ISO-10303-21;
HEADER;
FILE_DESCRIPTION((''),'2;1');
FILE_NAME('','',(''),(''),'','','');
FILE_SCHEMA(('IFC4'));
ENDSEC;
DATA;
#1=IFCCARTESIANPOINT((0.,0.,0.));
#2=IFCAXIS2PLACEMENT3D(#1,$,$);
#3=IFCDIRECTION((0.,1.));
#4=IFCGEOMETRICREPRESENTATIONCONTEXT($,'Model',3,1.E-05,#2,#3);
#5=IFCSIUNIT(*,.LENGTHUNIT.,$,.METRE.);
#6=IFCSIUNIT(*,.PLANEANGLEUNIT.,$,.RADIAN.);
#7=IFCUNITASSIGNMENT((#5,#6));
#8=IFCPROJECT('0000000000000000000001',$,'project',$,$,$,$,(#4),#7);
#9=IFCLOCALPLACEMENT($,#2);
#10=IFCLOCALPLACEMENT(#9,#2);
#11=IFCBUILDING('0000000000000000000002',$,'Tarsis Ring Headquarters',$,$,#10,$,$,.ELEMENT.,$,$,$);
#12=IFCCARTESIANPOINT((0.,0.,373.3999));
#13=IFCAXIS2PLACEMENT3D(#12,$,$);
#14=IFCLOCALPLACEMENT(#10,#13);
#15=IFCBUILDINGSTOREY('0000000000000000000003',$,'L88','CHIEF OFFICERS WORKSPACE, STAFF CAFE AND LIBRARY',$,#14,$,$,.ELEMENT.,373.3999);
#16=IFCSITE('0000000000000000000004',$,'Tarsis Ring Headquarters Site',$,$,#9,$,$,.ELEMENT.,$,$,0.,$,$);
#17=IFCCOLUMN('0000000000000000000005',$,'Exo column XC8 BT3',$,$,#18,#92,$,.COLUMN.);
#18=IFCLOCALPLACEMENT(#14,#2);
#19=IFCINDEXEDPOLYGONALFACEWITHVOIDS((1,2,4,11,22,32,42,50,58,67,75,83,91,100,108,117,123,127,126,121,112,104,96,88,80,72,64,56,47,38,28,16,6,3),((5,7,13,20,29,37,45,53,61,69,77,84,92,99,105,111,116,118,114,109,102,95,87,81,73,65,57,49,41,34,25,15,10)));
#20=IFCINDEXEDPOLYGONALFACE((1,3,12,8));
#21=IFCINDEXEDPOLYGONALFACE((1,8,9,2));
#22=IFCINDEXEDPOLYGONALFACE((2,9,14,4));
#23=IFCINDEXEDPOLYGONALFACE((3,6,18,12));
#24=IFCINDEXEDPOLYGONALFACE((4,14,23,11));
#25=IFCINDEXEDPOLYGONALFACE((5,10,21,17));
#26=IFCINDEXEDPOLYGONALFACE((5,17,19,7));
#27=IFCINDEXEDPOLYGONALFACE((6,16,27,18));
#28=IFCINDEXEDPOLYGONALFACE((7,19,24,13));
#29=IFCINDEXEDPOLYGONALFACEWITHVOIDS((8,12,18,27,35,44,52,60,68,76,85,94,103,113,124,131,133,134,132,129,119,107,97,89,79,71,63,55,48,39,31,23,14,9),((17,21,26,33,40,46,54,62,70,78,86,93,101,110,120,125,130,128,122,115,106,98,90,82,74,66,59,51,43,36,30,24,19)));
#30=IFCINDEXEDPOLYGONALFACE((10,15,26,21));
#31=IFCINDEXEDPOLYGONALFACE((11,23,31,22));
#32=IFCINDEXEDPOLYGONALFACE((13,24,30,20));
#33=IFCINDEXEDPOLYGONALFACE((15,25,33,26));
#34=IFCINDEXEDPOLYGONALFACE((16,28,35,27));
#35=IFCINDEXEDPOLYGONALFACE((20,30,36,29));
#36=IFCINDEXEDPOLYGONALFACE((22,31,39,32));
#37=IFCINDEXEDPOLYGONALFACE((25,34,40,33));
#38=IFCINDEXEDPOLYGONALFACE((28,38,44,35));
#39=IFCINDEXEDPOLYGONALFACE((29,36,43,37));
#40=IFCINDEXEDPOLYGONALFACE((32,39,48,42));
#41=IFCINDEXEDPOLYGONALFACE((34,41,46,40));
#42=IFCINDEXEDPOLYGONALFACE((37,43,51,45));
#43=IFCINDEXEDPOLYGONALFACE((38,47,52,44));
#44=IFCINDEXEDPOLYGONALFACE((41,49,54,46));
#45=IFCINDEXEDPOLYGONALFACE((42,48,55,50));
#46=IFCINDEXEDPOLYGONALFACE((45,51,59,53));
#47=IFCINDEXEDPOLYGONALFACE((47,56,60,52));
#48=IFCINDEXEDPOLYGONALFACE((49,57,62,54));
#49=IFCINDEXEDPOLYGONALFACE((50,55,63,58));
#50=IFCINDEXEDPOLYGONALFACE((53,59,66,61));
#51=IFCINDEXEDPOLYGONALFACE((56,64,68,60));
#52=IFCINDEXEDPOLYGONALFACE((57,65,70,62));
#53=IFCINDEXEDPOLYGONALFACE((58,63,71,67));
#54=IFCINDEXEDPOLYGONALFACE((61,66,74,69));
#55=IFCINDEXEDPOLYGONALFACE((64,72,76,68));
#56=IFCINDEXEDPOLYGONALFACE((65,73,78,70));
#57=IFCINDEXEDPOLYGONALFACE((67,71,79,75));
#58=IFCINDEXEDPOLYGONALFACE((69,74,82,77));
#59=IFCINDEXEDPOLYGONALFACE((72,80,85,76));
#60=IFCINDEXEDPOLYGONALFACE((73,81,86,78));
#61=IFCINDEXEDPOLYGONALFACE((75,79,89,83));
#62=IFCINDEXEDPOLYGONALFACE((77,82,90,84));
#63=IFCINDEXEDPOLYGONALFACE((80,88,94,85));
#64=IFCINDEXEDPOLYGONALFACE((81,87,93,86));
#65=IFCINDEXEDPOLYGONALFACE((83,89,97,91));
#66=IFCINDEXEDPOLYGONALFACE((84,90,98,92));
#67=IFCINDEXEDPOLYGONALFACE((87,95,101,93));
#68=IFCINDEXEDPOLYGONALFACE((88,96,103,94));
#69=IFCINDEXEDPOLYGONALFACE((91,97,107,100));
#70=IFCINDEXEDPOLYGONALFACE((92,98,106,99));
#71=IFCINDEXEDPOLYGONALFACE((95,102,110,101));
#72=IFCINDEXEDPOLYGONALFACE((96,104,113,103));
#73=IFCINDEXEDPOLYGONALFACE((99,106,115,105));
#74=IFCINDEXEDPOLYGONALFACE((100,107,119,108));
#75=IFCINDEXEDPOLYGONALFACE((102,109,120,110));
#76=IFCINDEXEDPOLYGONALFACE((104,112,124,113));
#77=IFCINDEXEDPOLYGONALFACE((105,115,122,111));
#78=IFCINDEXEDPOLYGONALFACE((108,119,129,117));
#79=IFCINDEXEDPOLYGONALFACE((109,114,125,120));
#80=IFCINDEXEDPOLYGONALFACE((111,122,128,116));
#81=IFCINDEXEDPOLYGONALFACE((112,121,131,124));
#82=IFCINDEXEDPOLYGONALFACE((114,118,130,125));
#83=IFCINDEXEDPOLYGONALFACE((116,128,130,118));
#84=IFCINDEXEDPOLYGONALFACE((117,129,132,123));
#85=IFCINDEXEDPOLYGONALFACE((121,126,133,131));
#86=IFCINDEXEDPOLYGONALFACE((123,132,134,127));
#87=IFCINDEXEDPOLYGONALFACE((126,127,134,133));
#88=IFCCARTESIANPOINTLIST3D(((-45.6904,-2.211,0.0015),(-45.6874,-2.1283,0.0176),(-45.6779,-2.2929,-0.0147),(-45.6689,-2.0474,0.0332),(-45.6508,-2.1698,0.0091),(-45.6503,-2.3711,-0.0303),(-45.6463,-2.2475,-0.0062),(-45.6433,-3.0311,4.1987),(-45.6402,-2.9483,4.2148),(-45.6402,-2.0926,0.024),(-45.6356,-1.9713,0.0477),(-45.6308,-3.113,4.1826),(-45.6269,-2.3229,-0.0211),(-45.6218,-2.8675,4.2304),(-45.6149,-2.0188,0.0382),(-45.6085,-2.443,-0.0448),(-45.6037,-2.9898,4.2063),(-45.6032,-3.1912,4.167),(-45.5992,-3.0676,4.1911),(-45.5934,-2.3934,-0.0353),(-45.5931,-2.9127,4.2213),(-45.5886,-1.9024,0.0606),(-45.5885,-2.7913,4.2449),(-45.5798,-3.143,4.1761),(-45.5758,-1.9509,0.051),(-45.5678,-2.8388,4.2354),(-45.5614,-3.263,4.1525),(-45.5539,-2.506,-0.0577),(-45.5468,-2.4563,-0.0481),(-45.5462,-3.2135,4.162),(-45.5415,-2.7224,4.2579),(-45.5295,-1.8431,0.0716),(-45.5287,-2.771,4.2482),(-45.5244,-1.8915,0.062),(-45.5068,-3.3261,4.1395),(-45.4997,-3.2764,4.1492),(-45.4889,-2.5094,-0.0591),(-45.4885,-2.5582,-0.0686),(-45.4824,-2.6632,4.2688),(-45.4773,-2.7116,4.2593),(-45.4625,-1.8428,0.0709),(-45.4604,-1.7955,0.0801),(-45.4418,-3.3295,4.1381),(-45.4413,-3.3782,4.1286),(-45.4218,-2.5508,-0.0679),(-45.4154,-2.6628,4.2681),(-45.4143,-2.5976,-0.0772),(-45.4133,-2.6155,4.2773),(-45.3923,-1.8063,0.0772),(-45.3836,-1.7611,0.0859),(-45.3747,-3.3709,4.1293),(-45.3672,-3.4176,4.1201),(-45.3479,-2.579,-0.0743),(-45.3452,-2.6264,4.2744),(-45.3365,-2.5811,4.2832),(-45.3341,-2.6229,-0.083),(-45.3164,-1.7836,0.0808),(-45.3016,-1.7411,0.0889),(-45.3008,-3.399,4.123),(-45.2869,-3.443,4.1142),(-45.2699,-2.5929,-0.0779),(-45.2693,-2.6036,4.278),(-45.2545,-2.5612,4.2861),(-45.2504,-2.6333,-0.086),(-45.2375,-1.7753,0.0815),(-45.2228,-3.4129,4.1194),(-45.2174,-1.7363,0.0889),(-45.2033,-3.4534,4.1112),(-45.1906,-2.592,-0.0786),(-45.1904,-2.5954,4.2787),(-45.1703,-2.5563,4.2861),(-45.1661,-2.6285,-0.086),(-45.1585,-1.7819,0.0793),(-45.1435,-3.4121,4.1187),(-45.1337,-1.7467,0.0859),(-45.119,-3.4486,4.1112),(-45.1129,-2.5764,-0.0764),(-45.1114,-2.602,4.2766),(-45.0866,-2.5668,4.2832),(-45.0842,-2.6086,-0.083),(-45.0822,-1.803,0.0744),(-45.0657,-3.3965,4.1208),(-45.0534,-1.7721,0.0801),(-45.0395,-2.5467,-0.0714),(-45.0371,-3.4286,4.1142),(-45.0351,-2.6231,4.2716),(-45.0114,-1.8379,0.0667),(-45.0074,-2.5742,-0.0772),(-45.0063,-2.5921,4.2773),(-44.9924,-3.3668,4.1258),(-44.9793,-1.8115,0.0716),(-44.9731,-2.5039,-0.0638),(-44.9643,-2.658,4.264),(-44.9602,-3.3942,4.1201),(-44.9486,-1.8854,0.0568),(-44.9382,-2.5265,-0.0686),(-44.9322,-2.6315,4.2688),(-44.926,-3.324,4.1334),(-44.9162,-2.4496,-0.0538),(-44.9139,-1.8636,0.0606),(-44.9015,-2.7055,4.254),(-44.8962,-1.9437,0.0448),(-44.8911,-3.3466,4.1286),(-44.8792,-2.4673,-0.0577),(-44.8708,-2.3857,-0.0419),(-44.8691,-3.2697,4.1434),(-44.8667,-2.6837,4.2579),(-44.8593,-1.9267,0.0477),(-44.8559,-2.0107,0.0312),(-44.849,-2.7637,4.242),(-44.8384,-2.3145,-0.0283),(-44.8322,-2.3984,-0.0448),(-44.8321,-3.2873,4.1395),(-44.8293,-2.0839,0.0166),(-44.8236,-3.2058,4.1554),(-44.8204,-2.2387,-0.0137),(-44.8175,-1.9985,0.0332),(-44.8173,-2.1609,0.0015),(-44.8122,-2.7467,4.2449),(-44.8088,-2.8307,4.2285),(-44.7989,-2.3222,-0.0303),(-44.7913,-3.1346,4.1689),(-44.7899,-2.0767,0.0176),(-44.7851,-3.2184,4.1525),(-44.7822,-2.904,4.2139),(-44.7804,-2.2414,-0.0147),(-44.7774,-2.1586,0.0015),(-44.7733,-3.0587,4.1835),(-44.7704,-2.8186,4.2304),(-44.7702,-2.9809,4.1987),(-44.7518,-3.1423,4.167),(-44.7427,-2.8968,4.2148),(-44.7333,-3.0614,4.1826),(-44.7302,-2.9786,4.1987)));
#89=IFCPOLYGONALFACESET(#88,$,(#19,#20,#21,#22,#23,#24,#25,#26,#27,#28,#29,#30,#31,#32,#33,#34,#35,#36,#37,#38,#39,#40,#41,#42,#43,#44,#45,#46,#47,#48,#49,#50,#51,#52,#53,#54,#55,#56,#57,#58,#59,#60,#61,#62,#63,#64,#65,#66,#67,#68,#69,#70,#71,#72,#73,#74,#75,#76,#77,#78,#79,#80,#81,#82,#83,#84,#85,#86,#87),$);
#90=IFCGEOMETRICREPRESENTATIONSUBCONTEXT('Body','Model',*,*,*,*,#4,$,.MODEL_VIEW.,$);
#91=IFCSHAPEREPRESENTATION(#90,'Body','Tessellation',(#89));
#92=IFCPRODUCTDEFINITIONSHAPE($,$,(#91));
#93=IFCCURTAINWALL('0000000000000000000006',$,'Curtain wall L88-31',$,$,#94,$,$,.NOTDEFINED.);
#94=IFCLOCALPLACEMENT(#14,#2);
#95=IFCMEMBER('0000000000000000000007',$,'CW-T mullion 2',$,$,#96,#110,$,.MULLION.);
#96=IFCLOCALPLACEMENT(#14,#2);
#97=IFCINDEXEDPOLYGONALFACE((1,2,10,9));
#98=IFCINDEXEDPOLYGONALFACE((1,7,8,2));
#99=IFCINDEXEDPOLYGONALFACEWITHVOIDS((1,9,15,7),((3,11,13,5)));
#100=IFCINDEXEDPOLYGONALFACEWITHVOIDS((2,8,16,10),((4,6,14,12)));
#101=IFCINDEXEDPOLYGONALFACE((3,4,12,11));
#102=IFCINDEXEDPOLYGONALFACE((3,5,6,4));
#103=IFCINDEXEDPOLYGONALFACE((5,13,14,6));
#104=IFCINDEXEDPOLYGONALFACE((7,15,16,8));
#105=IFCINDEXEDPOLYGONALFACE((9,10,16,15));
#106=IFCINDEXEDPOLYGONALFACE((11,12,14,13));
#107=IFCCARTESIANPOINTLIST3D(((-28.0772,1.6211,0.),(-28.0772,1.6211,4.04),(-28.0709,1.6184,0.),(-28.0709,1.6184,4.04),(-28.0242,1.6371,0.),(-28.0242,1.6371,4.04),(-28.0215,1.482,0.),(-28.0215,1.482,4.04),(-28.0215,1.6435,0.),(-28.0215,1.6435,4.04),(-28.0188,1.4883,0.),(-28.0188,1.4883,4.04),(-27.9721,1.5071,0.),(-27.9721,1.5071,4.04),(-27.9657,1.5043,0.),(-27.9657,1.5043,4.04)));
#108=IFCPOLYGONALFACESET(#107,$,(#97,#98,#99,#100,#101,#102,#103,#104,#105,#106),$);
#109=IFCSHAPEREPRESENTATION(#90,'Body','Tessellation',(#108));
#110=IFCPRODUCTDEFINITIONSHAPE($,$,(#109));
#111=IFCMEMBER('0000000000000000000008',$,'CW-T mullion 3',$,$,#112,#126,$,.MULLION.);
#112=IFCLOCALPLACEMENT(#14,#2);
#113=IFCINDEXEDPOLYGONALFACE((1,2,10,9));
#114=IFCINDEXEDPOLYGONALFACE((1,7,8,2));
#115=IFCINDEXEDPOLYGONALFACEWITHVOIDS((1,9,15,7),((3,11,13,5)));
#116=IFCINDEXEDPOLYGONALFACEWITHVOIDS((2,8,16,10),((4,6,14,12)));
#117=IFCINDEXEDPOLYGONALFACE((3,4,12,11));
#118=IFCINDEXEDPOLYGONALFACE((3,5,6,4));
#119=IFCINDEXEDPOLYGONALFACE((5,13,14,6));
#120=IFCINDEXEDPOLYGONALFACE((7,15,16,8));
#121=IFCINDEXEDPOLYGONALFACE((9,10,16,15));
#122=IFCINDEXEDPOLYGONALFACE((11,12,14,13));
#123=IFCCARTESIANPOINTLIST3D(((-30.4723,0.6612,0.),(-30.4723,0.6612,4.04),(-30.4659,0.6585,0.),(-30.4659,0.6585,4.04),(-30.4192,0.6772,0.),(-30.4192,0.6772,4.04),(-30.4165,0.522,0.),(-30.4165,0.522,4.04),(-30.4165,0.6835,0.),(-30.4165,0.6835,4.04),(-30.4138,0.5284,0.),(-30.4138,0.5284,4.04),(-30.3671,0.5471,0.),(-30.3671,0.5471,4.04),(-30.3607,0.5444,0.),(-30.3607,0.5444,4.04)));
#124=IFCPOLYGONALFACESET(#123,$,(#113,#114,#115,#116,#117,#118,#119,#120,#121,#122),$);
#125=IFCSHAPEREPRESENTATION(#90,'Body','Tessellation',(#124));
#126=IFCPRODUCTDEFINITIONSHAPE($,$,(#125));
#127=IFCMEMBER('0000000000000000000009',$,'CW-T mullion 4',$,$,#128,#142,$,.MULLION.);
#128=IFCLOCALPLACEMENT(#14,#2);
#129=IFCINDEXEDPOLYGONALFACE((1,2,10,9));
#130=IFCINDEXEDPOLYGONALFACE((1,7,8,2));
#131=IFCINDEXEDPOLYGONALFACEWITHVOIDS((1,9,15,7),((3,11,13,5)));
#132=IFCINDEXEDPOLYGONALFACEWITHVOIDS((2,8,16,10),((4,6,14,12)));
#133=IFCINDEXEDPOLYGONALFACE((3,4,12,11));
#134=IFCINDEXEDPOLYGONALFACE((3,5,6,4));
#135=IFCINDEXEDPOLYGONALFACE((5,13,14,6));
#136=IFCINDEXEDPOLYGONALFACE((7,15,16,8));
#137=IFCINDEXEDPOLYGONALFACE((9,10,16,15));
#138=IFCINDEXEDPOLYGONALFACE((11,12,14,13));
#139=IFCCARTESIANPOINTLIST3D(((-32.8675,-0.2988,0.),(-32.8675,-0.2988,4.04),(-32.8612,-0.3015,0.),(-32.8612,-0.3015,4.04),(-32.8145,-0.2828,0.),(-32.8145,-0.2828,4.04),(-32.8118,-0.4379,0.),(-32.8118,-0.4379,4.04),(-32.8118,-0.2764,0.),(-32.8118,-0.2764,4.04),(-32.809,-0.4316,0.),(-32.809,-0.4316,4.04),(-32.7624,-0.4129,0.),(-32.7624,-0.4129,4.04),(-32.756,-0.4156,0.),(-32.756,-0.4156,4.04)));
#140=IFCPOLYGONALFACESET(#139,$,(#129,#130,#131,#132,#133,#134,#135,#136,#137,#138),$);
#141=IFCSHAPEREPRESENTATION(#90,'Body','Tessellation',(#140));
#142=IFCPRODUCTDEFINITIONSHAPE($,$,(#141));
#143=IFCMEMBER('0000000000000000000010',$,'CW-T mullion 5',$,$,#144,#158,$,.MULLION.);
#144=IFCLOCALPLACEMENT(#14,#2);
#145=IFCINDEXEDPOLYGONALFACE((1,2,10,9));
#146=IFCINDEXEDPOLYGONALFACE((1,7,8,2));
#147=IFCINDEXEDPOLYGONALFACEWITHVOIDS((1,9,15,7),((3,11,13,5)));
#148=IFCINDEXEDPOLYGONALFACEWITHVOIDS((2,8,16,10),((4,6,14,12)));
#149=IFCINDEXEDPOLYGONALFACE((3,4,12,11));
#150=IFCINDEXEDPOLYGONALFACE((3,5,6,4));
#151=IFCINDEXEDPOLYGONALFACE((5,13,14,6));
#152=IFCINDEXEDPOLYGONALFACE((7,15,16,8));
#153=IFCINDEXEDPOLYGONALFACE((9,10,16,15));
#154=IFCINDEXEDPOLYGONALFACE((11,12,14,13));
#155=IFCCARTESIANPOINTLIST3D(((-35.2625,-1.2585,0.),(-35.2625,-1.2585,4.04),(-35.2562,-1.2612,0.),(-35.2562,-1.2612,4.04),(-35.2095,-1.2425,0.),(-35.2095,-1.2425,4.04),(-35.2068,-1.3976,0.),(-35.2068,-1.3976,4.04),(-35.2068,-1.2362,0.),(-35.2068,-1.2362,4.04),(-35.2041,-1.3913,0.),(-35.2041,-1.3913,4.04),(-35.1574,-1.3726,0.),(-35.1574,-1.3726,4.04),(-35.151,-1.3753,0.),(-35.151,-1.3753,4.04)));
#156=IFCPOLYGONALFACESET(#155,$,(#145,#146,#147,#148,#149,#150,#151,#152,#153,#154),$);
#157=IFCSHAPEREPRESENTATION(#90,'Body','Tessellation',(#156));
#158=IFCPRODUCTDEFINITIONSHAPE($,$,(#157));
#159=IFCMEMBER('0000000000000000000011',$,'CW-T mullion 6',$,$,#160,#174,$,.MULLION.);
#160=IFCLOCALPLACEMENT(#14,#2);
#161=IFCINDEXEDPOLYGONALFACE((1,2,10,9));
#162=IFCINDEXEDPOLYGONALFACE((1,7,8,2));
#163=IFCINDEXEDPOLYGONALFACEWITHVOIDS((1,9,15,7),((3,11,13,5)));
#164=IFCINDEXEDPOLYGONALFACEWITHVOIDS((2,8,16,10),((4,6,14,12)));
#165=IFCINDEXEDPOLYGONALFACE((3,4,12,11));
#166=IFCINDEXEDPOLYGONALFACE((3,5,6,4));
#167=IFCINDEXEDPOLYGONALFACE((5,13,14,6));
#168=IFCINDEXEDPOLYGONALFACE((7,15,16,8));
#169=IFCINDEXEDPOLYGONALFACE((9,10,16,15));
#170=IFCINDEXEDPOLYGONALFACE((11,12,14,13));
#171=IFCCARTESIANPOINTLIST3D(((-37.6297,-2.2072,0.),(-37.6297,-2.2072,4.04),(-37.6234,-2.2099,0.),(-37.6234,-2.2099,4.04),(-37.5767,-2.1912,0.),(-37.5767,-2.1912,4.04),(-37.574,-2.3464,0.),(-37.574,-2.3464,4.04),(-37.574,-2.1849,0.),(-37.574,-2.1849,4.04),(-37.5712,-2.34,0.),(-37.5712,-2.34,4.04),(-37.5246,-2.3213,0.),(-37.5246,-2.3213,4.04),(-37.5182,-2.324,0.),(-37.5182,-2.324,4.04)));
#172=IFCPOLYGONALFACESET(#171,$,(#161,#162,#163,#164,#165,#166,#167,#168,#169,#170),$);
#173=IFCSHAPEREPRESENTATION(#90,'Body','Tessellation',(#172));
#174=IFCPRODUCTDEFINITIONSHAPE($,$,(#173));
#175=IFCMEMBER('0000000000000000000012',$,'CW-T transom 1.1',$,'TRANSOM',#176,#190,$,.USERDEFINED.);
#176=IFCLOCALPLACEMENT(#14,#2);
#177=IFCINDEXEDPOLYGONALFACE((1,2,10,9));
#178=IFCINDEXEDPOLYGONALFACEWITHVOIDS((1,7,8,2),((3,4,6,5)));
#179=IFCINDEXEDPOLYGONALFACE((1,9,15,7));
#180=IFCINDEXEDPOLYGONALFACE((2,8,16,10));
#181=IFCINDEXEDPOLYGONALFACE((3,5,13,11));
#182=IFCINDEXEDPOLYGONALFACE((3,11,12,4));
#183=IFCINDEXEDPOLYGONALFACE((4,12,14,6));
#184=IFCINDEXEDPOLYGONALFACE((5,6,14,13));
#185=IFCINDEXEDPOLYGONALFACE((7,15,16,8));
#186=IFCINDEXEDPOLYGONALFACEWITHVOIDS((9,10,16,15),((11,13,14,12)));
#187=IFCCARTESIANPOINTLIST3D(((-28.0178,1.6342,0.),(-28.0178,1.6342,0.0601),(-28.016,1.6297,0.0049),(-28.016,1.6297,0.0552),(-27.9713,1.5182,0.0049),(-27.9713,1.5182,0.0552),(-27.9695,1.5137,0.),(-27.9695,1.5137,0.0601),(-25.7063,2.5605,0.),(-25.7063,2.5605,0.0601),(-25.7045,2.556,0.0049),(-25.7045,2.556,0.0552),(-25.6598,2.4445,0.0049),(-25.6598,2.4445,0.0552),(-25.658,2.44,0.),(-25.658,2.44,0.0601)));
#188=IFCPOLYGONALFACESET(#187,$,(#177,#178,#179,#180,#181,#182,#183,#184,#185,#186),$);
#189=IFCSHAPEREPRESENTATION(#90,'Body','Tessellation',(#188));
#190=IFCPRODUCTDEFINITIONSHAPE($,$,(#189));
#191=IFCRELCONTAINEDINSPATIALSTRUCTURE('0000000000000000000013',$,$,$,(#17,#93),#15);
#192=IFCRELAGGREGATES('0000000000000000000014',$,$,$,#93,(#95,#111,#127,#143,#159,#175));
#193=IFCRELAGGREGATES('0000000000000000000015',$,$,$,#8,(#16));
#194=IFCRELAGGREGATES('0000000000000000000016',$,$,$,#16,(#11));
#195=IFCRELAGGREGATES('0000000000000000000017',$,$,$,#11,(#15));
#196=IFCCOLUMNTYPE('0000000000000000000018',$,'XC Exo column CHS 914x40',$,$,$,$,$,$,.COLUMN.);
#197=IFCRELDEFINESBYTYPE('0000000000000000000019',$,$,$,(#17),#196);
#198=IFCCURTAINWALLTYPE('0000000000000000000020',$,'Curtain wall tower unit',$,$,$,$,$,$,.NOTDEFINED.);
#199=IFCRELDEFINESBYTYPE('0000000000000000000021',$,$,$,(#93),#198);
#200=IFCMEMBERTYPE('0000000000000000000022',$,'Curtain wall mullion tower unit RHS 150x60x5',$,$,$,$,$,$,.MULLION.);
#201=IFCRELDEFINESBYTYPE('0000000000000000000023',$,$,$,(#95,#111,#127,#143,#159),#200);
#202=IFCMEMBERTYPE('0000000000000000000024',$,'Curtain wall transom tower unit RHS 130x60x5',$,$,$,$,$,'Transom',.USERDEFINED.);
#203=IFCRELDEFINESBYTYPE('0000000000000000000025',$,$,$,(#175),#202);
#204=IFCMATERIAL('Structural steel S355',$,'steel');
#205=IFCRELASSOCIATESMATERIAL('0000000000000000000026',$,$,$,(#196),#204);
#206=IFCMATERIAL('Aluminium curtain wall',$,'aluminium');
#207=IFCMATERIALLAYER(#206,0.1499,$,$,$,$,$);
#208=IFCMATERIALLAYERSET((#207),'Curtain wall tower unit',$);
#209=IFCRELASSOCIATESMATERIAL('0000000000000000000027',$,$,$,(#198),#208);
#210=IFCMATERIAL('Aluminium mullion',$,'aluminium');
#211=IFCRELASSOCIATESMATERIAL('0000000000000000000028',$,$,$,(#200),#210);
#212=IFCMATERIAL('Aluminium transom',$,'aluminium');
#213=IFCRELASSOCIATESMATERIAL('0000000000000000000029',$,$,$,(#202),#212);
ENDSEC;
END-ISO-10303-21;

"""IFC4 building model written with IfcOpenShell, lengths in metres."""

from ifc_helpers import new_model, si_unit, direction, frame, origin, origin_2d, place, context, subcontext, project, spatial, hollow_rectangle, hollow_circle, extrude, material, layer, layer_set, material_profile, profile_set, type_object, element, aggregate, save


model = new_model("IFC4")

# Units and contexts
model_context = context("Model", 3, precision=1e-05, world=origin(), true_north=direction((0.0, 1.0)))
body_context = subcontext(model_context, "Body", "Model", "MODEL_VIEW")
ifc_project = project(units=[si_unit("LENGTHUNIT", "METRE"), si_unit("PLANEANGLEUNIT", "RADIAN")], contexts=[model_context])

# Site, building, storey
site_placement = place(None, origin())
site = spatial("IfcSite", under=ifc_project, at=site_placement, Name="Tarsis Ring Headquarters Site", CompositionType="ELEMENT", RefElevation=0.0)
building_placement = place(site_placement, origin())
building = spatial("IfcBuilding", under=site, at=building_placement, Name="Tarsis Ring Headquarters", CompositionType="ELEMENT")
storey_placement = place(building_placement, frame((0.0, 0.0, 373.3999)))
storey = spatial("IfcBuildingStorey", under=building, at=storey_placement, Name="L88", Description="CHIEF OFFICERS WORKSPACE, STAFF CAFE AND LIBRARY", CompositionType="ELEMENT", Elevation=373.3999)

# Column
ifc_material_1 = material(Name="Structural steel S355", Category="steel")
ifc_material_profile_1 = material_profile(ifc_material_1, hollow_circle(Radius=0.457, WallThickness=0.04, at=origin_2d()), Name="CHS 914x40")
ifc_profile_set_1 = profile_set([ifc_material_profile_1], Name="Structural steel S355")
column_type = type_object("IfcColumnType", Name="XC Exo column CHS 914x40", PredefinedType="COLUMN", material=ifc_profile_set_1)
column_1_placement = place(storey_placement, frame((-45.2339, -2.1848, 0.0015), z_axis=(0.011017, -0.191744, 0.981383), x_axis=(0.998353, 0.057363, 0.0)))
element("IfcColumn", 1, at=column_1_placement, inside=storey, type_object=column_type, Name="Exo column XC8 BT3", PredefinedType="COLUMN", context=body_context, shape_type="SweptSolid", body=[
    extrude(hollow_circle(Radius=0.4573, WallThickness=0.04, at=origin_2d()), origin(), (0.0, 0.0, 1.0), 4.2769),
])

# Curtain wall, members
ifc_material_2 = material(Name="Aluminium curtain wall", Category="aluminium")
ifc_layer_1 = layer(ifc_material_2, 0.1499)
ifc_layer_set_1 = layer_set([ifc_layer_1], Name="Curtain wall tower unit")
curtain_wall_type = type_object("IfcCurtainWallType", Name="Curtain wall tower unit", PredefinedType="NOTDEFINED", material=ifc_layer_set_1)
curtain_wall_placement = place(storey_placement, origin())
curtain_wall = element("IfcCurtainWall", 2, at=curtain_wall_placement, inside=storey, type_object=curtain_wall_type, Name="Curtain wall L88-31", PredefinedType="NOTDEFINED")
ifc_material_3 = material(Name="Aluminium mullion", Category="aluminium")
ifc_material_profile_2 = material_profile(ifc_material_3, hollow_rectangle(XDim=0.1499, YDim=0.0601, WallThickness=0.0049, at=origin_2d()), Name="RHS 150x60x5")
ifc_profile_set_2 = profile_set([ifc_material_profile_2], Name="Aluminium mullion")
member_type_1 = type_object("IfcMemberType", Name="Curtain wall mullion tower unit RHS 150x60x5", PredefinedType="MULLION", material=ifc_profile_set_2)
member_1_placement = place(storey_placement, frame((-28.0215, 1.5627, 0.0), z_axis=(0.0, 0.0, 1.0), x_axis=(0.372016, -0.928226, 0.0)))
member_1 = element("IfcMember", 3, at=member_1_placement, type_object=member_type_1, Name="CW-T mullion 2", PredefinedType="MULLION", context=body_context, shape_type="SweptSolid", body=[
    extrude(hollow_rectangle(XDim=0.1499, YDim=0.0601, WallThickness=0.0049, at=origin_2d()), origin(), (0.0, 0.0, 1.0), 4.04),
])
member_2_placement = place(storey_placement, frame((-30.4165, 0.6028, 0.0), z_axis=(0.0, 0.0, 1.0), x_axis=(0.372016, -0.928226, 0.0)))
member_2 = element("IfcMember", 4, at=member_2_placement, type_object=member_type_1, Name="CW-T mullion 3", PredefinedType="MULLION", context=body_context, shape_type="SweptSolid", body=[
    extrude(hollow_rectangle(XDim=0.1499, YDim=0.0601, WallThickness=0.0049, at=origin_2d()), origin(), (0.0, 0.0, 1.0), 4.04),
])
member_3_placement = place(storey_placement, frame((-32.8118, -0.3572, 0.0), z_axis=(0.0, 0.0, 1.0), x_axis=(0.372016, -0.928226, 0.0)))
member_3 = element("IfcMember", 5, at=member_3_placement, type_object=member_type_1, Name="CW-T mullion 4", PredefinedType="MULLION", context=body_context, shape_type="SweptSolid", body=[
    extrude(hollow_rectangle(XDim=0.1499, YDim=0.0601, WallThickness=0.0049, at=origin_2d()), origin(), (0.0, 0.0, 1.0), 4.04),
])
member_4_placement = place(storey_placement, frame((-35.2068, -1.3169, 0.0), z_axis=(0.0, 0.0, 1.0), x_axis=(0.372016, -0.928226, 0.0)))
member_4 = element("IfcMember", 6, at=member_4_placement, type_object=member_type_1, Name="CW-T mullion 5", PredefinedType="MULLION", context=body_context, shape_type="SweptSolid", body=[
    extrude(hollow_rectangle(XDim=0.1499, YDim=0.0601, WallThickness=0.0049, at=origin_2d()), origin(), (0.0, 0.0, 1.0), 4.04),
])
member_5_placement = place(storey_placement, frame((-37.574, -2.2656, 0.0), z_axis=(0.0, 0.0, 1.0), x_axis=(0.372016, -0.928226, 0.0)))
member_5 = element("IfcMember", 7, at=member_5_placement, type_object=member_type_1, Name="CW-T mullion 6", PredefinedType="MULLION", context=body_context, shape_type="SweptSolid", body=[
    extrude(hollow_rectangle(XDim=0.1499, YDim=0.0601, WallThickness=0.0049, at=origin_2d()), origin(), (0.0, 0.0, 1.0), 4.04),
])
ifc_material_4 = material(Name="Aluminium transom", Category="aluminium")
ifc_material_profile_3 = material_profile(ifc_material_4, hollow_rectangle(XDim=0.1299, YDim=0.0601, WallThickness=0.0049, at=origin_2d()), Name="RHS 130x60x5")
ifc_profile_set_3 = profile_set([ifc_material_profile_3], Name="Aluminium transom")
member_type_2 = type_object("IfcMemberType", Name="Curtain wall transom tower unit RHS 130x60x5", ElementType="Transom", PredefinedType="USERDEFINED", material=ifc_profile_set_3)
member_6_placement = place(storey_placement, frame((-25.6821, 2.5002, 0.03), z_axis=(-0.928247, -0.371965, 0.0), x_axis=(0.371965, -0.928247, 0.0)))
member_6 = element("IfcMember", 8, at=member_6_placement, type_object=member_type_2, Name="CW-T transom 1.1", ObjectType="TRANSOM", PredefinedType="USERDEFINED", context=body_context, shape_type="SweptSolid", body=[
    extrude(hollow_rectangle(XDim=0.1299, YDim=0.0601, WallThickness=0.0049, at=origin_2d()), origin(), (0.0, 0.0, 1.0), 2.4902),
])

aggregate(curtain_wall, [member_1, member_2, member_3, member_4, member_5, member_6])

save(model, "model.ifc")
